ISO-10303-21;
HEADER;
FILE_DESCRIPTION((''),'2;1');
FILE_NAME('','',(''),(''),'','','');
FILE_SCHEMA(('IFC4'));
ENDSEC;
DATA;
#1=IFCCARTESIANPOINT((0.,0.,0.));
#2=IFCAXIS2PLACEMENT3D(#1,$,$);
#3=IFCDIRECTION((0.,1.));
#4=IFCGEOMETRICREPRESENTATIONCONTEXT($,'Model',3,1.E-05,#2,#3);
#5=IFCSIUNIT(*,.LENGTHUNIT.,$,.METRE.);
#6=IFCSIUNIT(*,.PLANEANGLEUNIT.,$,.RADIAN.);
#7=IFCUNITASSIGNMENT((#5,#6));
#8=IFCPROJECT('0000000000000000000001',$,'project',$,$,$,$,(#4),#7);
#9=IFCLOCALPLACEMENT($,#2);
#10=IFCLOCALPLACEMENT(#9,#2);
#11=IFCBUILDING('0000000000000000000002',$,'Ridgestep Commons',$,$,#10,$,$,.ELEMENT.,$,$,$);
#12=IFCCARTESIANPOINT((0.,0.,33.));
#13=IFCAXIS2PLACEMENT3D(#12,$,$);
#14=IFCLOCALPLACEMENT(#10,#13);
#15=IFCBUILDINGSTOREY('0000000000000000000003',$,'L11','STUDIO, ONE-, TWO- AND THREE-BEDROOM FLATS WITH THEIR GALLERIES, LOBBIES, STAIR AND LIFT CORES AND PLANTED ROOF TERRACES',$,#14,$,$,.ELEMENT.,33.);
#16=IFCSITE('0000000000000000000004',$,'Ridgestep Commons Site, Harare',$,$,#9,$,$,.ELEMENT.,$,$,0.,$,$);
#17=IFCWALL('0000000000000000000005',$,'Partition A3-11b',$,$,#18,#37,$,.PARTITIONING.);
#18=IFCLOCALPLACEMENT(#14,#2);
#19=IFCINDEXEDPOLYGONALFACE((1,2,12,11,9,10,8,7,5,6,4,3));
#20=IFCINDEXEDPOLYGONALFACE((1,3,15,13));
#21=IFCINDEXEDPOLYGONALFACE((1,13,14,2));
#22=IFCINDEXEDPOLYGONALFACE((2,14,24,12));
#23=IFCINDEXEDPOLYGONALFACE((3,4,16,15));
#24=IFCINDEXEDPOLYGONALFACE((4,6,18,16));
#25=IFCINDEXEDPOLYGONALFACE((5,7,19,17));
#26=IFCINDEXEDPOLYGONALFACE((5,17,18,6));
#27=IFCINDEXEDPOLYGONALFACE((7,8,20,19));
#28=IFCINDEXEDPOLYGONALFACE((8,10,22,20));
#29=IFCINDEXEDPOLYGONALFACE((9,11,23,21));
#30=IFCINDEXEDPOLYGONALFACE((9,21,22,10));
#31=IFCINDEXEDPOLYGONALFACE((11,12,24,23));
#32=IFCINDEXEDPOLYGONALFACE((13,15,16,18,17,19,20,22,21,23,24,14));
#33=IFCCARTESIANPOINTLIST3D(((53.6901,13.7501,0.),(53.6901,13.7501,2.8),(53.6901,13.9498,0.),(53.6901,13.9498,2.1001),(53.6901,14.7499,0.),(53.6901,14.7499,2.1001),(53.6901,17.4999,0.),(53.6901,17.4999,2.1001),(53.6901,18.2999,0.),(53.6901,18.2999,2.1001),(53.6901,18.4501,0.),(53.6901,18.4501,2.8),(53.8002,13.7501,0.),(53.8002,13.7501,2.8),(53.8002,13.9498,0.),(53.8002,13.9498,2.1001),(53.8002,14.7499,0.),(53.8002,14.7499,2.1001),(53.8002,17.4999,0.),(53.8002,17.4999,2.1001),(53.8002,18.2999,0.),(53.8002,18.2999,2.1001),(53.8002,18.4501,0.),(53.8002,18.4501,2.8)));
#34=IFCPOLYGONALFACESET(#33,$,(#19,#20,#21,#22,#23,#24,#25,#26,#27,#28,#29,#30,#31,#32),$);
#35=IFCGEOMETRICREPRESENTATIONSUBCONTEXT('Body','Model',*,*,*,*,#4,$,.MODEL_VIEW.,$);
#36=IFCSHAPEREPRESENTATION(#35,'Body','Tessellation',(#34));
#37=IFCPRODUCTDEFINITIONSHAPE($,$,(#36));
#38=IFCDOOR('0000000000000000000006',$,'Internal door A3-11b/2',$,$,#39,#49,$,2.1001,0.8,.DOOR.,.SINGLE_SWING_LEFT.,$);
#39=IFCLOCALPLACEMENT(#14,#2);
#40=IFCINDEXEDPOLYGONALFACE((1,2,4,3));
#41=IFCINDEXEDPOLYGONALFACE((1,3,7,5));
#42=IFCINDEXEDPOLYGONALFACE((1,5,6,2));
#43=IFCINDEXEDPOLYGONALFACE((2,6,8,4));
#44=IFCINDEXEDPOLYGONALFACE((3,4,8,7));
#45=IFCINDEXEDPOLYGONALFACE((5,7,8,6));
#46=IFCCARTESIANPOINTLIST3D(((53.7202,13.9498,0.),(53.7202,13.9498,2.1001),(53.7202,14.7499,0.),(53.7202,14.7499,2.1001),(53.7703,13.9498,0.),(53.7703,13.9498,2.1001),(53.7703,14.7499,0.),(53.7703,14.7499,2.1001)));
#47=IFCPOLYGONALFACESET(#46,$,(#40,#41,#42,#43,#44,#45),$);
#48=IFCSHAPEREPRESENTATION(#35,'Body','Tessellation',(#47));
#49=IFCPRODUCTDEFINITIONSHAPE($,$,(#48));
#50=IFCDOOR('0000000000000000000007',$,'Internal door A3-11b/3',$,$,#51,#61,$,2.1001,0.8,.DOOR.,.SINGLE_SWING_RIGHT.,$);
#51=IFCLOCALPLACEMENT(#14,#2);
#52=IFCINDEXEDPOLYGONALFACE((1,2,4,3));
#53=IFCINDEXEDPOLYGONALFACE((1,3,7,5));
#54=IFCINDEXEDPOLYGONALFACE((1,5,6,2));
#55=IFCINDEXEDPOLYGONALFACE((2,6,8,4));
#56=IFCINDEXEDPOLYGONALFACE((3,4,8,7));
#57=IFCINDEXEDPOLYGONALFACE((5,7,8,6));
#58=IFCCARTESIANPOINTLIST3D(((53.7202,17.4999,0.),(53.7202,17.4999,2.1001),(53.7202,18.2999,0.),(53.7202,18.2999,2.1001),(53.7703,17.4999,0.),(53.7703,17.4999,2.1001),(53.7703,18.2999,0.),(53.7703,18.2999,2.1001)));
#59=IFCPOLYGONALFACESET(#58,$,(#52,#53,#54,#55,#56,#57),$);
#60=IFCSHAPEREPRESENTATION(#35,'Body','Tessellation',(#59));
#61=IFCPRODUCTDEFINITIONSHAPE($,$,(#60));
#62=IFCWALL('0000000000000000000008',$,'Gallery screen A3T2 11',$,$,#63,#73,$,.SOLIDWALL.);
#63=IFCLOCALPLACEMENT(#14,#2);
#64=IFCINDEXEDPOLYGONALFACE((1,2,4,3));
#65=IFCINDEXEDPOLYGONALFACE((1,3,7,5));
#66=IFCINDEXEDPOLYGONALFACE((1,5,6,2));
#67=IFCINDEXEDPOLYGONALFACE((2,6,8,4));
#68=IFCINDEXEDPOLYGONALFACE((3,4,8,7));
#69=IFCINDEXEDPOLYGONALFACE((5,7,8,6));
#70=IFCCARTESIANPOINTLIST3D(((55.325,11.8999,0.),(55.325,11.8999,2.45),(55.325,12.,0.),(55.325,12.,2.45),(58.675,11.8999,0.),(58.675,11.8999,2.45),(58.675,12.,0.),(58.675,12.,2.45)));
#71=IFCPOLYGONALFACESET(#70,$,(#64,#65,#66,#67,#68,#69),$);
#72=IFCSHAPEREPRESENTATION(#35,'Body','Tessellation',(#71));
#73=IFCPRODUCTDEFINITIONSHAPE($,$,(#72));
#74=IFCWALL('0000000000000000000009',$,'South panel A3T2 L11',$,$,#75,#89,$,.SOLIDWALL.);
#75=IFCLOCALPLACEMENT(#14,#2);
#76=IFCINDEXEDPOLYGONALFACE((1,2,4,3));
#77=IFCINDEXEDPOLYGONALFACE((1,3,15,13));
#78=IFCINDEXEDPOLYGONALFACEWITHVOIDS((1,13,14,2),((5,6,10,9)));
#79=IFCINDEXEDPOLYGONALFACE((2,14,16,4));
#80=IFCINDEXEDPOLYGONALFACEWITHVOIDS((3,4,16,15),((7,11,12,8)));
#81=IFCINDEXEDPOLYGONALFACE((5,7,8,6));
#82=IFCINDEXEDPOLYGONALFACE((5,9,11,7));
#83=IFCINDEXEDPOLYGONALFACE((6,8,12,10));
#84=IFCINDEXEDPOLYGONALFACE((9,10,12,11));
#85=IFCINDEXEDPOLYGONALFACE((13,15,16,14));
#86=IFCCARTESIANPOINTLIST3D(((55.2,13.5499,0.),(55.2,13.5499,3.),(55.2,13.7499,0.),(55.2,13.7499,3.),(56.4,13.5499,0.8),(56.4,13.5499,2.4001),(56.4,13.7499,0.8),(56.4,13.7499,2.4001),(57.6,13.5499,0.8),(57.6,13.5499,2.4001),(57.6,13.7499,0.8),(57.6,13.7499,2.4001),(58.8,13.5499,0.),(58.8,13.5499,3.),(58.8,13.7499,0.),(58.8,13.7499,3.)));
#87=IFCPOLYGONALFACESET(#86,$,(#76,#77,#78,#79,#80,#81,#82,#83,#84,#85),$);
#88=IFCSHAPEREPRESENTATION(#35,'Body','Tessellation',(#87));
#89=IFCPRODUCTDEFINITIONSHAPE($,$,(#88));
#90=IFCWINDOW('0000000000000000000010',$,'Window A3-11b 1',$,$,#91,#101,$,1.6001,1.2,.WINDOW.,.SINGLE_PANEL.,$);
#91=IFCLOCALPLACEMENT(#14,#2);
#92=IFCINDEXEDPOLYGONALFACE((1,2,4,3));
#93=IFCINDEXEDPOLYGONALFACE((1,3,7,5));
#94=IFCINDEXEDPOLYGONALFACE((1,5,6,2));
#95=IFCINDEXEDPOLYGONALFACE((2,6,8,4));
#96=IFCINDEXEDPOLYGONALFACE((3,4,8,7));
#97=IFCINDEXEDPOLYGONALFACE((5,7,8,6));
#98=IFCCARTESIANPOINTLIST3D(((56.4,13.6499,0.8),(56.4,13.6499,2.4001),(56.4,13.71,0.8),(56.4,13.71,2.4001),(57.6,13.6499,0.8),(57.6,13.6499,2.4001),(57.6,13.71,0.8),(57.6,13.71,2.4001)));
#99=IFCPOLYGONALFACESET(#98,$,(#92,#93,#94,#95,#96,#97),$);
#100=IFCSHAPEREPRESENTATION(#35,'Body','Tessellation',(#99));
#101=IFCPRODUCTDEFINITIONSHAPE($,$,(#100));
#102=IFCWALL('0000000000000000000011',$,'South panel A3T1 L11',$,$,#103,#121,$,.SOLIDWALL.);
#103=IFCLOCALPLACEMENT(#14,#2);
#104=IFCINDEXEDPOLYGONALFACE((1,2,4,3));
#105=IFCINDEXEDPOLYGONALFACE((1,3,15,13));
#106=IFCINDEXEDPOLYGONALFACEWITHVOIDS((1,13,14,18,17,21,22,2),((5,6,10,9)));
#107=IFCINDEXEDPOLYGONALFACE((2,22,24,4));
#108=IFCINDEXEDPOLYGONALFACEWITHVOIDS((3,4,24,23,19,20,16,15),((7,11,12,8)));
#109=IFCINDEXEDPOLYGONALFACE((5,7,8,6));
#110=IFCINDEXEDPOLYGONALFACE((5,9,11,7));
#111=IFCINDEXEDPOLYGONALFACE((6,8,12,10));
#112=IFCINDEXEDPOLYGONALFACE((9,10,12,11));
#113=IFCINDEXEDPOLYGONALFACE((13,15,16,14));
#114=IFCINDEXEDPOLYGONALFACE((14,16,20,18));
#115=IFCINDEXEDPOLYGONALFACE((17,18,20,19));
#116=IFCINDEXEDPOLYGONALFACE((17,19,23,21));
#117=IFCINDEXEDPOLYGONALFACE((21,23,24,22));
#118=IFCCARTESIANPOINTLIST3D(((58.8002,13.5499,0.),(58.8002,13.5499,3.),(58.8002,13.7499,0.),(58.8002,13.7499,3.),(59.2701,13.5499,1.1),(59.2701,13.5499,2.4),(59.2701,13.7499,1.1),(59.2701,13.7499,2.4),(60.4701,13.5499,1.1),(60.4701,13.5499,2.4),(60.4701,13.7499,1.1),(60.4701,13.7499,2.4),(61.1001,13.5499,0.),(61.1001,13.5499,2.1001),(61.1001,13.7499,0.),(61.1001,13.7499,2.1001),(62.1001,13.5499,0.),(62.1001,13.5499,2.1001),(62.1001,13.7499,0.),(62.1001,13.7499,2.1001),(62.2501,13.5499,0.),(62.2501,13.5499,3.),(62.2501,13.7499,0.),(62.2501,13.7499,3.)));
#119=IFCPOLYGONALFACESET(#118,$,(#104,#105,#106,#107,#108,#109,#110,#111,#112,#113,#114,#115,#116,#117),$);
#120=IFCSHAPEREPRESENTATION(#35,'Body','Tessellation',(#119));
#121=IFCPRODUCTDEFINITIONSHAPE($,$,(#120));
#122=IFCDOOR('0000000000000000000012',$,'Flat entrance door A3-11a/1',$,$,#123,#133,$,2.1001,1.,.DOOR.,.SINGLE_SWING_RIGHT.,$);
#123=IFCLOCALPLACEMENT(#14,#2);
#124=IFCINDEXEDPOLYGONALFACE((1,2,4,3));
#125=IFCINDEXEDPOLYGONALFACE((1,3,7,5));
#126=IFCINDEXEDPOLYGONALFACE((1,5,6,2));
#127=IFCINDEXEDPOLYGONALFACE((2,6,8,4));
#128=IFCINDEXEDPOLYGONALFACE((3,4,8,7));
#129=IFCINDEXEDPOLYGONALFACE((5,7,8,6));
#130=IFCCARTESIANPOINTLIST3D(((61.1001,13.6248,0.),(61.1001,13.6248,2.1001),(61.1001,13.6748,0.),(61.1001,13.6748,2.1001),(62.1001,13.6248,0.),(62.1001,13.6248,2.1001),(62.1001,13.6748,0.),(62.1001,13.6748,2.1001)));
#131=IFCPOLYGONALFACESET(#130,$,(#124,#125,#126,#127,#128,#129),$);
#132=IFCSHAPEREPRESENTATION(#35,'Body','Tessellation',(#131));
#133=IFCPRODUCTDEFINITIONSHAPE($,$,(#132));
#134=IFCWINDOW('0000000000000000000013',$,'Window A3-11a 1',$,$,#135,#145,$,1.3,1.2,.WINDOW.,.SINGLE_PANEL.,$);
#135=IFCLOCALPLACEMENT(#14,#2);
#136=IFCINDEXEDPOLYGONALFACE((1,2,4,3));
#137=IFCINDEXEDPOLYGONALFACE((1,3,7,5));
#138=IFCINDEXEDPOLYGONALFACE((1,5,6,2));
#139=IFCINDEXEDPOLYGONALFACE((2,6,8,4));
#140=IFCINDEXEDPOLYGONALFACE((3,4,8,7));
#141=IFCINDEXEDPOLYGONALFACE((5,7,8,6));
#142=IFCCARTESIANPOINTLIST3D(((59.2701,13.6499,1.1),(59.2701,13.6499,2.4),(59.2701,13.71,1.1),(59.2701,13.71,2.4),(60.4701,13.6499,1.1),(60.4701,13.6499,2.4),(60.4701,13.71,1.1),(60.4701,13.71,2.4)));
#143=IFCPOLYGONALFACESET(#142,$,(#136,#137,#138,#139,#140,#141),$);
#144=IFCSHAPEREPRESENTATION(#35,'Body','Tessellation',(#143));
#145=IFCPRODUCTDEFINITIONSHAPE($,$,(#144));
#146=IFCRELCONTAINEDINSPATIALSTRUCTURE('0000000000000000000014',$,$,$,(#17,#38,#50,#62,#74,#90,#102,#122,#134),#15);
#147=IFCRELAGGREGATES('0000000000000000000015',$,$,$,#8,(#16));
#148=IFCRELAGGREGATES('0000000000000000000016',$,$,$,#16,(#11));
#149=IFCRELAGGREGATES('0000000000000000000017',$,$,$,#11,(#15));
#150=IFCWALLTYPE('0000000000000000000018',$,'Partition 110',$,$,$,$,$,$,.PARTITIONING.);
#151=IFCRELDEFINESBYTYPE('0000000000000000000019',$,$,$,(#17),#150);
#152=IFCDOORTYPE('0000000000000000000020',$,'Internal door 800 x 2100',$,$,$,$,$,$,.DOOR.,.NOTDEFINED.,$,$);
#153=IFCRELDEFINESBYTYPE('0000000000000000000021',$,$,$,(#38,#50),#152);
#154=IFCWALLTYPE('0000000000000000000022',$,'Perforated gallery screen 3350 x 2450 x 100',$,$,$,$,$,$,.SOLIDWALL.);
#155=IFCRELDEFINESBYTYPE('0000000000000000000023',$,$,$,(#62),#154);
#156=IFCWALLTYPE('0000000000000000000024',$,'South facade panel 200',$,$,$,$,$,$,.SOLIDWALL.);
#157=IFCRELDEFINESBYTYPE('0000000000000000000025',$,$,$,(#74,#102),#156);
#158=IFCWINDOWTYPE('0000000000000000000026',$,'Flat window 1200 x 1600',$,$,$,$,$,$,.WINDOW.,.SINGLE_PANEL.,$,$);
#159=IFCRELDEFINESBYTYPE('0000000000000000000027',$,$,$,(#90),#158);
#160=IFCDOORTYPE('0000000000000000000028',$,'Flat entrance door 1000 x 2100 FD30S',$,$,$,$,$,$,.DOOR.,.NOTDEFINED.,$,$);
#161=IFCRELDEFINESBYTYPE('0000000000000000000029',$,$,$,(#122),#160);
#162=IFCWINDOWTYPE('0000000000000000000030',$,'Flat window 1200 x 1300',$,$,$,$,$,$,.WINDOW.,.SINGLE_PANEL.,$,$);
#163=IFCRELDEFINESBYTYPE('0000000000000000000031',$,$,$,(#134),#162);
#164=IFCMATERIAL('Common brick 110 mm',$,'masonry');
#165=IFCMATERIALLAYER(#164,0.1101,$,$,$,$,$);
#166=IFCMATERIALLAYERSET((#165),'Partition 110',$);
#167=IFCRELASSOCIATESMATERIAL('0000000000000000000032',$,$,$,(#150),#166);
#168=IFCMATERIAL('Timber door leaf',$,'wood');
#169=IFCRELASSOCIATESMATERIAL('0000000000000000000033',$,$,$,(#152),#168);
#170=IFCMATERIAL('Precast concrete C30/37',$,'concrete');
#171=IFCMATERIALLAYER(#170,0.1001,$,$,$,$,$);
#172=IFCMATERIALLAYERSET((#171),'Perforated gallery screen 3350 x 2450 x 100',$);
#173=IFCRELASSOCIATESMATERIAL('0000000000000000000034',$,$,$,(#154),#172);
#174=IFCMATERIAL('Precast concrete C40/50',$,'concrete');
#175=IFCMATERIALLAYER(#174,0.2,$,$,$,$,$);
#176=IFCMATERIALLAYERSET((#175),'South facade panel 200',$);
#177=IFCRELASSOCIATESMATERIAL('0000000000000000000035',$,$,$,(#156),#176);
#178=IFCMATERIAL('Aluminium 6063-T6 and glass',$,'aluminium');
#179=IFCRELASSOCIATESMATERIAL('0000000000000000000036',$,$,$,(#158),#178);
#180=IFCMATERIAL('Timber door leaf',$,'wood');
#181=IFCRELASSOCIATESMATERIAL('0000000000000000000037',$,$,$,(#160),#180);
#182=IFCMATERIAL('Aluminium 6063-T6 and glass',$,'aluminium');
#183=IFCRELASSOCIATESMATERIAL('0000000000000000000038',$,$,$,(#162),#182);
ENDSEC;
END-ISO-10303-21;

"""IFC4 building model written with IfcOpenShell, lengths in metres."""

from ifc_helpers import new_model, si_unit, direction, frame, frame_2d, origin, place, context, subcontext, project, spatial, rectangle, extrude, material, layer, layer_set, type_object, element, fill, save


model = new_model("IFC4")

# Units and contexts
model_context = context("Model", 3, precision=1e-05, world=origin(), true_north=direction((0.0, 1.0)))
body_context = subcontext(model_context, "Body", "Model", "MODEL_VIEW")
ifc_project = project(units=[si_unit("LENGTHUNIT", "METRE"), si_unit("PLANEANGLEUNIT", "RADIAN")], contexts=[model_context])

# Site, building, storey
site_placement = place(None, origin())
site = spatial("IfcSite", under=ifc_project, at=site_placement, Name="Ridgestep Commons Site, Harare", CompositionType="ELEMENT", RefElevation=0.0)
building_placement = place(site_placement, origin())
building = spatial("IfcBuilding", under=site, at=building_placement, Name="Ridgestep Commons", CompositionType="ELEMENT")
storey_placement = place(building_placement, frame((0.0, 0.0, 33.0)))
storey = spatial("IfcBuildingStorey", under=building, at=storey_placement, Name="L11", Description="STUDIO, ONE-, TWO- AND THREE-BEDROOM FLATS WITH THEIR GALLERIES, LOBBIES, STAIR AND LIFT CORES AND PLANTED ROOF TERRACES", CompositionType="ELEMENT", Elevation=33.0)

# Shared definitions
ifc_material_1 = material(Name="Common brick 110 mm", Category="masonry")
ifc_layer_1 = layer(ifc_material_1, 0.1101)
ifc_layer_set_1 = layer_set([ifc_layer_1], Name="Partition 110")
wall_type_1 = type_object("IfcWallType", Name="Partition 110", PredefinedType="PARTITIONING", material=ifc_layer_set_1)

# Wall, openings, doors
wall_1_placement = place(storey_placement, frame((53.7451, 13.75, 0.0), z_axis=(0.0, 0.0, 1.0), x_axis=(0.0, 1.0, 0.0)))
wall_1 = element("IfcWall", 1, at=wall_1_placement, inside=storey, type_object=wall_type_1, Name="Partition A3-11b", PredefinedType="PARTITIONING", context=body_context, shape_type="SweptSolid", body=[
    extrude(rectangle(XDim=4.7, YDim=0.1101, at=frame_2d((2.3501, 0.0))), origin(), (0.0, 0.0, 1.0), 2.8),
])
opening_1_placement = place(wall_1_placement, frame((0.2, 0.0, 0.0)))
opening_1 = element("IfcOpeningElement", 2, at=opening_1_placement, cuts=wall_1, PredefinedType="OPENING", context=body_context, shape_type="SweptSolid", body=[
    extrude(rectangle(XDim=0.8, YDim=2.1001, at=frame_2d((0.3999, 1.05))), frame((0.0, 0.0649, 0.0), z_axis=(0.0, -1.0, 0.0), x_axis=(1.0, 0.0, 0.0)), (0.0, 0.0, 1.0), 0.1301),
])
opening_2_placement = place(wall_1_placement, frame((3.75, 0.0, 0.0)))
opening_2 = element("IfcOpeningElement", 3, at=opening_2_placement, cuts=wall_1, PredefinedType="OPENING", context=body_context, shape_type="SweptSolid", body=[
    extrude(rectangle(XDim=0.8, YDim=2.1001, at=frame_2d((0.3999, 1.05))), frame((0.0, 0.0649, 0.0), z_axis=(0.0, -1.0, 0.0), x_axis=(1.0, 0.0, 0.0)), (0.0, 0.0, 1.0), 0.1301),
])
ifc_material_2 = material(Name="Timber door leaf", Category="wood")
door_type_1 = type_object("IfcDoorType", Name="Internal door 800 x 2100", OperationType="NOTDEFINED", PredefinedType="DOOR", material=ifc_material_2)
door_1_placement = place(opening_1_placement, origin())
door_1 = element("IfcDoor", 4, at=door_1_placement, inside=storey, type_object=door_type_1, Name="Internal door A3-11b/2", OperationType="SINGLE_SWING_LEFT", OverallHeight=2.1001, OverallWidth=0.8, PredefinedType="DOOR", context=body_context, shape_type="SweptSolid", body=[
    extrude(rectangle(XDim=0.8, YDim=2.1001, at=frame_2d((0.3999, 1.05))), frame((0.0, 0.0249, 0.0), z_axis=(0.0, -1.0, 0.0), x_axis=(1.0, 0.0, 0.0)), (0.0, 0.0, 1.0), 0.05),
])
fill(opening_1, door_1)
door_2_placement = place(opening_2_placement, origin())
door_2 = element("IfcDoor", 5, at=door_2_placement, inside=storey, type_object=door_type_1, Name="Internal door A3-11b/3", OperationType="SINGLE_SWING_RIGHT", OverallHeight=2.1001, OverallWidth=0.8, PredefinedType="DOOR", context=body_context, shape_type="SweptSolid", body=[
    extrude(rectangle(XDim=0.8, YDim=2.1001, at=frame_2d((0.3999, 1.05))), frame((0.0, 0.0249, 0.0), z_axis=(0.0, -1.0, 0.0), x_axis=(1.0, 0.0, 0.0)), (0.0, 0.0, 1.0), 0.05),
])
fill(opening_2, door_2)

# Wall
ifc_material_3 = material(Name="Precast concrete C30/37", Category="concrete")
ifc_layer_2 = layer(ifc_material_3, 0.1001)
ifc_layer_set_2 = layer_set([ifc_layer_2], Name="Perforated gallery screen 3350 x 2450 x 100")
wall_type_2 = type_object("IfcWallType", Name="Perforated gallery screen 3350 x 2450 x 100", PredefinedType="SOLIDWALL", material=ifc_layer_set_2)
wall_2_placement = place(storey_placement, frame((55.325, 11.95, 0.0), z_axis=(0.0, 0.0, 1.0), x_axis=(1.0, 0.0, 0.0)))
element("IfcWall", 6, at=wall_2_placement, inside=storey, type_object=wall_type_2, Name="Gallery screen A3T2 11", PredefinedType="SOLIDWALL", context=body_context, shape_type="SweptSolid", body=[
    extrude(rectangle(XDim=3.3501, YDim=0.1001, at=frame_2d((1.675, 0.0))), origin(), (0.0, 0.0, 1.0), 2.45),
])

# Wall, opening, window
ifc_material_4 = material(Name="Precast concrete C40/50", Category="concrete")
ifc_layer_3 = layer(ifc_material_4, 0.2)
ifc_layer_set_3 = layer_set([ifc_layer_3], Name="South facade panel 200")
wall_type_3 = type_object("IfcWallType", Name="South facade panel 200", PredefinedType="SOLIDWALL", material=ifc_layer_set_3)
wall_3_placement = place(storey_placement, frame((55.2, 13.6499, 0.0), z_axis=(0.0, 0.0, 1.0), x_axis=(1.0, 0.0, 0.0)))
wall_3 = element("IfcWall", 7, at=wall_3_placement, inside=storey, type_object=wall_type_3, Name="South panel A3T2 L11", PredefinedType="SOLIDWALL", context=body_context, shape_type="SweptSolid", body=[
    extrude(rectangle(XDim=3.6001, YDim=0.2, at=frame_2d((1.8, 0.0))), origin(), (0.0, 0.0, 1.0), 3.0),
])
opening_3_placement = place(wall_3_placement, frame((1.2, 0.0, 0.8)))
opening_3 = element("IfcOpeningElement", 8, at=opening_3_placement, cuts=wall_3, PredefinedType="OPENING", context=body_context, shape_type="SweptSolid", body=[
    extrude(rectangle(XDim=1.2, YDim=1.6001, at=frame_2d((0.6001, 0.8))), frame((0.0, 0.1099, 0.0), z_axis=(0.0, -1.0, 0.0), x_axis=(1.0, 0.0, 0.0)), (0.0, 0.0, 1.0), 0.22),
])
ifc_material_5 = material(Name="Aluminium 6063-T6 and glass", Category="aluminium")
window_type_1 = type_object("IfcWindowType", Name="Flat window 1200 x 1600", PartitioningType="SINGLE_PANEL", PredefinedType="WINDOW", material=ifc_material_5)
window_1_placement = place(opening_3_placement, origin())
window_1 = element("IfcWindow", 9, at=window_1_placement, inside=storey, type_object=window_type_1, Name="Window A3-11b 1", OverallHeight=1.6001, OverallWidth=1.2, PartitioningType="SINGLE_PANEL", PredefinedType="WINDOW", context=body_context, shape_type="SweptSolid", body=[
    extrude(rectangle(XDim=1.2, YDim=1.6001, at=frame_2d((0.6001, 0.8))), frame((0.0, 0.0601, 0.0), z_axis=(0.0, -1.0, 0.0), x_axis=(1.0, 0.0, 0.0)), (0.0, 0.0, 1.0), 0.0601),
])
fill(opening_3, window_1)

# Wall, openings, door, window
wall_4_placement = place(storey_placement, frame((58.8, 13.6499, 0.0), z_axis=(0.0, 0.0, 1.0), x_axis=(1.0, 0.0, 0.0)))
wall_4 = element("IfcWall", 10, at=wall_4_placement, inside=storey, type_object=wall_type_3, Name="South panel A3T1 L11", PredefinedType="SOLIDWALL", context=body_context, shape_type="SweptSolid", body=[
    extrude(rectangle(XDim=3.45, YDim=0.2, at=frame_2d((1.7251, 0.0))), origin(), (0.0, 0.0, 1.0), 3.0),
])
opening_4_placement = place(wall_4_placement, frame((0.47, 0.0, 1.1001)))
opening_4 = element("IfcOpeningElement", 11, at=opening_4_placement, cuts=wall_4, PredefinedType="OPENING", context=body_context, shape_type="SweptSolid", body=[
    extrude(rectangle(XDim=1.2, YDim=1.3, at=frame_2d((0.6001, 0.6499))), frame((0.0, 0.1099, 0.0), z_axis=(0.0, -1.0, 0.0), x_axis=(1.0, 0.0, 0.0)), (0.0, 0.0, 1.0), 0.22),
])
opening_5_placement = place(wall_4_placement, frame((2.3, 0.0, 0.0)))
opening_5 = element("IfcOpeningElement", 12, at=opening_5_placement, cuts=wall_4, PredefinedType="OPENING", context=body_context, shape_type="SweptSolid", body=[
    extrude(rectangle(XDim=1.0, YDim=2.1001, at=frame_2d((0.5, 1.05))), frame((0.0, 0.1099, 0.0), z_axis=(0.0, -1.0, 0.0), x_axis=(1.0, 0.0, 0.0)), (0.0, 0.0, 1.0), 0.22),
])
ifc_material_6 = material(Name="Timber door leaf", Category="wood")
door_type_2 = type_object("IfcDoorType", Name="Flat entrance door 1000 x 2100 FD30S", OperationType="NOTDEFINED", PredefinedType="DOOR", material=ifc_material_6)
door_3_placement = place(opening_5_placement, origin())
door_3 = element("IfcDoor", 13, at=door_3_placement, inside=storey, type_object=door_type_2, Name="Flat entrance door A3-11a/1", OperationType="SINGLE_SWING_RIGHT", OverallHeight=2.1001, OverallWidth=1.0, PredefinedType="DOOR", context=body_context, shape_type="SweptSolid", body=[
    extrude(rectangle(XDim=1.0, YDim=2.1001, at=frame_2d((0.5, 1.05))), frame((0.0, 0.0249, 0.0), z_axis=(0.0, -1.0, 0.0), x_axis=(1.0, 0.0, 0.0)), (0.0, 0.0, 1.0), 0.05),
])
fill(opening_5, door_3)
ifc_material_7 = material(Name="Aluminium 6063-T6 and glass", Category="aluminium")
window_type_2 = type_object("IfcWindowType", Name="Flat window 1200 x 1300", PartitioningType="SINGLE_PANEL", PredefinedType="WINDOW", material=ifc_material_7)
window_2_placement = place(opening_4_placement, origin())
window_2 = element("IfcWindow", 14, at=window_2_placement, inside=storey, type_object=window_type_2, Name="Window A3-11a 1", OverallHeight=1.3, OverallWidth=1.2, PartitioningType="SINGLE_PANEL", PredefinedType="WINDOW", context=body_context, shape_type="SweptSolid", body=[
    extrude(rectangle(XDim=1.2, YDim=1.3, at=frame_2d((0.6001, 0.6499))), frame((0.0, 0.0601, 0.0), z_axis=(0.0, -1.0, 0.0), x_axis=(1.0, 0.0, 0.0)), (0.0, 0.0, 1.0), 0.0601),
])
fill(opening_4, window_2)

save(model, "model.ifc")
